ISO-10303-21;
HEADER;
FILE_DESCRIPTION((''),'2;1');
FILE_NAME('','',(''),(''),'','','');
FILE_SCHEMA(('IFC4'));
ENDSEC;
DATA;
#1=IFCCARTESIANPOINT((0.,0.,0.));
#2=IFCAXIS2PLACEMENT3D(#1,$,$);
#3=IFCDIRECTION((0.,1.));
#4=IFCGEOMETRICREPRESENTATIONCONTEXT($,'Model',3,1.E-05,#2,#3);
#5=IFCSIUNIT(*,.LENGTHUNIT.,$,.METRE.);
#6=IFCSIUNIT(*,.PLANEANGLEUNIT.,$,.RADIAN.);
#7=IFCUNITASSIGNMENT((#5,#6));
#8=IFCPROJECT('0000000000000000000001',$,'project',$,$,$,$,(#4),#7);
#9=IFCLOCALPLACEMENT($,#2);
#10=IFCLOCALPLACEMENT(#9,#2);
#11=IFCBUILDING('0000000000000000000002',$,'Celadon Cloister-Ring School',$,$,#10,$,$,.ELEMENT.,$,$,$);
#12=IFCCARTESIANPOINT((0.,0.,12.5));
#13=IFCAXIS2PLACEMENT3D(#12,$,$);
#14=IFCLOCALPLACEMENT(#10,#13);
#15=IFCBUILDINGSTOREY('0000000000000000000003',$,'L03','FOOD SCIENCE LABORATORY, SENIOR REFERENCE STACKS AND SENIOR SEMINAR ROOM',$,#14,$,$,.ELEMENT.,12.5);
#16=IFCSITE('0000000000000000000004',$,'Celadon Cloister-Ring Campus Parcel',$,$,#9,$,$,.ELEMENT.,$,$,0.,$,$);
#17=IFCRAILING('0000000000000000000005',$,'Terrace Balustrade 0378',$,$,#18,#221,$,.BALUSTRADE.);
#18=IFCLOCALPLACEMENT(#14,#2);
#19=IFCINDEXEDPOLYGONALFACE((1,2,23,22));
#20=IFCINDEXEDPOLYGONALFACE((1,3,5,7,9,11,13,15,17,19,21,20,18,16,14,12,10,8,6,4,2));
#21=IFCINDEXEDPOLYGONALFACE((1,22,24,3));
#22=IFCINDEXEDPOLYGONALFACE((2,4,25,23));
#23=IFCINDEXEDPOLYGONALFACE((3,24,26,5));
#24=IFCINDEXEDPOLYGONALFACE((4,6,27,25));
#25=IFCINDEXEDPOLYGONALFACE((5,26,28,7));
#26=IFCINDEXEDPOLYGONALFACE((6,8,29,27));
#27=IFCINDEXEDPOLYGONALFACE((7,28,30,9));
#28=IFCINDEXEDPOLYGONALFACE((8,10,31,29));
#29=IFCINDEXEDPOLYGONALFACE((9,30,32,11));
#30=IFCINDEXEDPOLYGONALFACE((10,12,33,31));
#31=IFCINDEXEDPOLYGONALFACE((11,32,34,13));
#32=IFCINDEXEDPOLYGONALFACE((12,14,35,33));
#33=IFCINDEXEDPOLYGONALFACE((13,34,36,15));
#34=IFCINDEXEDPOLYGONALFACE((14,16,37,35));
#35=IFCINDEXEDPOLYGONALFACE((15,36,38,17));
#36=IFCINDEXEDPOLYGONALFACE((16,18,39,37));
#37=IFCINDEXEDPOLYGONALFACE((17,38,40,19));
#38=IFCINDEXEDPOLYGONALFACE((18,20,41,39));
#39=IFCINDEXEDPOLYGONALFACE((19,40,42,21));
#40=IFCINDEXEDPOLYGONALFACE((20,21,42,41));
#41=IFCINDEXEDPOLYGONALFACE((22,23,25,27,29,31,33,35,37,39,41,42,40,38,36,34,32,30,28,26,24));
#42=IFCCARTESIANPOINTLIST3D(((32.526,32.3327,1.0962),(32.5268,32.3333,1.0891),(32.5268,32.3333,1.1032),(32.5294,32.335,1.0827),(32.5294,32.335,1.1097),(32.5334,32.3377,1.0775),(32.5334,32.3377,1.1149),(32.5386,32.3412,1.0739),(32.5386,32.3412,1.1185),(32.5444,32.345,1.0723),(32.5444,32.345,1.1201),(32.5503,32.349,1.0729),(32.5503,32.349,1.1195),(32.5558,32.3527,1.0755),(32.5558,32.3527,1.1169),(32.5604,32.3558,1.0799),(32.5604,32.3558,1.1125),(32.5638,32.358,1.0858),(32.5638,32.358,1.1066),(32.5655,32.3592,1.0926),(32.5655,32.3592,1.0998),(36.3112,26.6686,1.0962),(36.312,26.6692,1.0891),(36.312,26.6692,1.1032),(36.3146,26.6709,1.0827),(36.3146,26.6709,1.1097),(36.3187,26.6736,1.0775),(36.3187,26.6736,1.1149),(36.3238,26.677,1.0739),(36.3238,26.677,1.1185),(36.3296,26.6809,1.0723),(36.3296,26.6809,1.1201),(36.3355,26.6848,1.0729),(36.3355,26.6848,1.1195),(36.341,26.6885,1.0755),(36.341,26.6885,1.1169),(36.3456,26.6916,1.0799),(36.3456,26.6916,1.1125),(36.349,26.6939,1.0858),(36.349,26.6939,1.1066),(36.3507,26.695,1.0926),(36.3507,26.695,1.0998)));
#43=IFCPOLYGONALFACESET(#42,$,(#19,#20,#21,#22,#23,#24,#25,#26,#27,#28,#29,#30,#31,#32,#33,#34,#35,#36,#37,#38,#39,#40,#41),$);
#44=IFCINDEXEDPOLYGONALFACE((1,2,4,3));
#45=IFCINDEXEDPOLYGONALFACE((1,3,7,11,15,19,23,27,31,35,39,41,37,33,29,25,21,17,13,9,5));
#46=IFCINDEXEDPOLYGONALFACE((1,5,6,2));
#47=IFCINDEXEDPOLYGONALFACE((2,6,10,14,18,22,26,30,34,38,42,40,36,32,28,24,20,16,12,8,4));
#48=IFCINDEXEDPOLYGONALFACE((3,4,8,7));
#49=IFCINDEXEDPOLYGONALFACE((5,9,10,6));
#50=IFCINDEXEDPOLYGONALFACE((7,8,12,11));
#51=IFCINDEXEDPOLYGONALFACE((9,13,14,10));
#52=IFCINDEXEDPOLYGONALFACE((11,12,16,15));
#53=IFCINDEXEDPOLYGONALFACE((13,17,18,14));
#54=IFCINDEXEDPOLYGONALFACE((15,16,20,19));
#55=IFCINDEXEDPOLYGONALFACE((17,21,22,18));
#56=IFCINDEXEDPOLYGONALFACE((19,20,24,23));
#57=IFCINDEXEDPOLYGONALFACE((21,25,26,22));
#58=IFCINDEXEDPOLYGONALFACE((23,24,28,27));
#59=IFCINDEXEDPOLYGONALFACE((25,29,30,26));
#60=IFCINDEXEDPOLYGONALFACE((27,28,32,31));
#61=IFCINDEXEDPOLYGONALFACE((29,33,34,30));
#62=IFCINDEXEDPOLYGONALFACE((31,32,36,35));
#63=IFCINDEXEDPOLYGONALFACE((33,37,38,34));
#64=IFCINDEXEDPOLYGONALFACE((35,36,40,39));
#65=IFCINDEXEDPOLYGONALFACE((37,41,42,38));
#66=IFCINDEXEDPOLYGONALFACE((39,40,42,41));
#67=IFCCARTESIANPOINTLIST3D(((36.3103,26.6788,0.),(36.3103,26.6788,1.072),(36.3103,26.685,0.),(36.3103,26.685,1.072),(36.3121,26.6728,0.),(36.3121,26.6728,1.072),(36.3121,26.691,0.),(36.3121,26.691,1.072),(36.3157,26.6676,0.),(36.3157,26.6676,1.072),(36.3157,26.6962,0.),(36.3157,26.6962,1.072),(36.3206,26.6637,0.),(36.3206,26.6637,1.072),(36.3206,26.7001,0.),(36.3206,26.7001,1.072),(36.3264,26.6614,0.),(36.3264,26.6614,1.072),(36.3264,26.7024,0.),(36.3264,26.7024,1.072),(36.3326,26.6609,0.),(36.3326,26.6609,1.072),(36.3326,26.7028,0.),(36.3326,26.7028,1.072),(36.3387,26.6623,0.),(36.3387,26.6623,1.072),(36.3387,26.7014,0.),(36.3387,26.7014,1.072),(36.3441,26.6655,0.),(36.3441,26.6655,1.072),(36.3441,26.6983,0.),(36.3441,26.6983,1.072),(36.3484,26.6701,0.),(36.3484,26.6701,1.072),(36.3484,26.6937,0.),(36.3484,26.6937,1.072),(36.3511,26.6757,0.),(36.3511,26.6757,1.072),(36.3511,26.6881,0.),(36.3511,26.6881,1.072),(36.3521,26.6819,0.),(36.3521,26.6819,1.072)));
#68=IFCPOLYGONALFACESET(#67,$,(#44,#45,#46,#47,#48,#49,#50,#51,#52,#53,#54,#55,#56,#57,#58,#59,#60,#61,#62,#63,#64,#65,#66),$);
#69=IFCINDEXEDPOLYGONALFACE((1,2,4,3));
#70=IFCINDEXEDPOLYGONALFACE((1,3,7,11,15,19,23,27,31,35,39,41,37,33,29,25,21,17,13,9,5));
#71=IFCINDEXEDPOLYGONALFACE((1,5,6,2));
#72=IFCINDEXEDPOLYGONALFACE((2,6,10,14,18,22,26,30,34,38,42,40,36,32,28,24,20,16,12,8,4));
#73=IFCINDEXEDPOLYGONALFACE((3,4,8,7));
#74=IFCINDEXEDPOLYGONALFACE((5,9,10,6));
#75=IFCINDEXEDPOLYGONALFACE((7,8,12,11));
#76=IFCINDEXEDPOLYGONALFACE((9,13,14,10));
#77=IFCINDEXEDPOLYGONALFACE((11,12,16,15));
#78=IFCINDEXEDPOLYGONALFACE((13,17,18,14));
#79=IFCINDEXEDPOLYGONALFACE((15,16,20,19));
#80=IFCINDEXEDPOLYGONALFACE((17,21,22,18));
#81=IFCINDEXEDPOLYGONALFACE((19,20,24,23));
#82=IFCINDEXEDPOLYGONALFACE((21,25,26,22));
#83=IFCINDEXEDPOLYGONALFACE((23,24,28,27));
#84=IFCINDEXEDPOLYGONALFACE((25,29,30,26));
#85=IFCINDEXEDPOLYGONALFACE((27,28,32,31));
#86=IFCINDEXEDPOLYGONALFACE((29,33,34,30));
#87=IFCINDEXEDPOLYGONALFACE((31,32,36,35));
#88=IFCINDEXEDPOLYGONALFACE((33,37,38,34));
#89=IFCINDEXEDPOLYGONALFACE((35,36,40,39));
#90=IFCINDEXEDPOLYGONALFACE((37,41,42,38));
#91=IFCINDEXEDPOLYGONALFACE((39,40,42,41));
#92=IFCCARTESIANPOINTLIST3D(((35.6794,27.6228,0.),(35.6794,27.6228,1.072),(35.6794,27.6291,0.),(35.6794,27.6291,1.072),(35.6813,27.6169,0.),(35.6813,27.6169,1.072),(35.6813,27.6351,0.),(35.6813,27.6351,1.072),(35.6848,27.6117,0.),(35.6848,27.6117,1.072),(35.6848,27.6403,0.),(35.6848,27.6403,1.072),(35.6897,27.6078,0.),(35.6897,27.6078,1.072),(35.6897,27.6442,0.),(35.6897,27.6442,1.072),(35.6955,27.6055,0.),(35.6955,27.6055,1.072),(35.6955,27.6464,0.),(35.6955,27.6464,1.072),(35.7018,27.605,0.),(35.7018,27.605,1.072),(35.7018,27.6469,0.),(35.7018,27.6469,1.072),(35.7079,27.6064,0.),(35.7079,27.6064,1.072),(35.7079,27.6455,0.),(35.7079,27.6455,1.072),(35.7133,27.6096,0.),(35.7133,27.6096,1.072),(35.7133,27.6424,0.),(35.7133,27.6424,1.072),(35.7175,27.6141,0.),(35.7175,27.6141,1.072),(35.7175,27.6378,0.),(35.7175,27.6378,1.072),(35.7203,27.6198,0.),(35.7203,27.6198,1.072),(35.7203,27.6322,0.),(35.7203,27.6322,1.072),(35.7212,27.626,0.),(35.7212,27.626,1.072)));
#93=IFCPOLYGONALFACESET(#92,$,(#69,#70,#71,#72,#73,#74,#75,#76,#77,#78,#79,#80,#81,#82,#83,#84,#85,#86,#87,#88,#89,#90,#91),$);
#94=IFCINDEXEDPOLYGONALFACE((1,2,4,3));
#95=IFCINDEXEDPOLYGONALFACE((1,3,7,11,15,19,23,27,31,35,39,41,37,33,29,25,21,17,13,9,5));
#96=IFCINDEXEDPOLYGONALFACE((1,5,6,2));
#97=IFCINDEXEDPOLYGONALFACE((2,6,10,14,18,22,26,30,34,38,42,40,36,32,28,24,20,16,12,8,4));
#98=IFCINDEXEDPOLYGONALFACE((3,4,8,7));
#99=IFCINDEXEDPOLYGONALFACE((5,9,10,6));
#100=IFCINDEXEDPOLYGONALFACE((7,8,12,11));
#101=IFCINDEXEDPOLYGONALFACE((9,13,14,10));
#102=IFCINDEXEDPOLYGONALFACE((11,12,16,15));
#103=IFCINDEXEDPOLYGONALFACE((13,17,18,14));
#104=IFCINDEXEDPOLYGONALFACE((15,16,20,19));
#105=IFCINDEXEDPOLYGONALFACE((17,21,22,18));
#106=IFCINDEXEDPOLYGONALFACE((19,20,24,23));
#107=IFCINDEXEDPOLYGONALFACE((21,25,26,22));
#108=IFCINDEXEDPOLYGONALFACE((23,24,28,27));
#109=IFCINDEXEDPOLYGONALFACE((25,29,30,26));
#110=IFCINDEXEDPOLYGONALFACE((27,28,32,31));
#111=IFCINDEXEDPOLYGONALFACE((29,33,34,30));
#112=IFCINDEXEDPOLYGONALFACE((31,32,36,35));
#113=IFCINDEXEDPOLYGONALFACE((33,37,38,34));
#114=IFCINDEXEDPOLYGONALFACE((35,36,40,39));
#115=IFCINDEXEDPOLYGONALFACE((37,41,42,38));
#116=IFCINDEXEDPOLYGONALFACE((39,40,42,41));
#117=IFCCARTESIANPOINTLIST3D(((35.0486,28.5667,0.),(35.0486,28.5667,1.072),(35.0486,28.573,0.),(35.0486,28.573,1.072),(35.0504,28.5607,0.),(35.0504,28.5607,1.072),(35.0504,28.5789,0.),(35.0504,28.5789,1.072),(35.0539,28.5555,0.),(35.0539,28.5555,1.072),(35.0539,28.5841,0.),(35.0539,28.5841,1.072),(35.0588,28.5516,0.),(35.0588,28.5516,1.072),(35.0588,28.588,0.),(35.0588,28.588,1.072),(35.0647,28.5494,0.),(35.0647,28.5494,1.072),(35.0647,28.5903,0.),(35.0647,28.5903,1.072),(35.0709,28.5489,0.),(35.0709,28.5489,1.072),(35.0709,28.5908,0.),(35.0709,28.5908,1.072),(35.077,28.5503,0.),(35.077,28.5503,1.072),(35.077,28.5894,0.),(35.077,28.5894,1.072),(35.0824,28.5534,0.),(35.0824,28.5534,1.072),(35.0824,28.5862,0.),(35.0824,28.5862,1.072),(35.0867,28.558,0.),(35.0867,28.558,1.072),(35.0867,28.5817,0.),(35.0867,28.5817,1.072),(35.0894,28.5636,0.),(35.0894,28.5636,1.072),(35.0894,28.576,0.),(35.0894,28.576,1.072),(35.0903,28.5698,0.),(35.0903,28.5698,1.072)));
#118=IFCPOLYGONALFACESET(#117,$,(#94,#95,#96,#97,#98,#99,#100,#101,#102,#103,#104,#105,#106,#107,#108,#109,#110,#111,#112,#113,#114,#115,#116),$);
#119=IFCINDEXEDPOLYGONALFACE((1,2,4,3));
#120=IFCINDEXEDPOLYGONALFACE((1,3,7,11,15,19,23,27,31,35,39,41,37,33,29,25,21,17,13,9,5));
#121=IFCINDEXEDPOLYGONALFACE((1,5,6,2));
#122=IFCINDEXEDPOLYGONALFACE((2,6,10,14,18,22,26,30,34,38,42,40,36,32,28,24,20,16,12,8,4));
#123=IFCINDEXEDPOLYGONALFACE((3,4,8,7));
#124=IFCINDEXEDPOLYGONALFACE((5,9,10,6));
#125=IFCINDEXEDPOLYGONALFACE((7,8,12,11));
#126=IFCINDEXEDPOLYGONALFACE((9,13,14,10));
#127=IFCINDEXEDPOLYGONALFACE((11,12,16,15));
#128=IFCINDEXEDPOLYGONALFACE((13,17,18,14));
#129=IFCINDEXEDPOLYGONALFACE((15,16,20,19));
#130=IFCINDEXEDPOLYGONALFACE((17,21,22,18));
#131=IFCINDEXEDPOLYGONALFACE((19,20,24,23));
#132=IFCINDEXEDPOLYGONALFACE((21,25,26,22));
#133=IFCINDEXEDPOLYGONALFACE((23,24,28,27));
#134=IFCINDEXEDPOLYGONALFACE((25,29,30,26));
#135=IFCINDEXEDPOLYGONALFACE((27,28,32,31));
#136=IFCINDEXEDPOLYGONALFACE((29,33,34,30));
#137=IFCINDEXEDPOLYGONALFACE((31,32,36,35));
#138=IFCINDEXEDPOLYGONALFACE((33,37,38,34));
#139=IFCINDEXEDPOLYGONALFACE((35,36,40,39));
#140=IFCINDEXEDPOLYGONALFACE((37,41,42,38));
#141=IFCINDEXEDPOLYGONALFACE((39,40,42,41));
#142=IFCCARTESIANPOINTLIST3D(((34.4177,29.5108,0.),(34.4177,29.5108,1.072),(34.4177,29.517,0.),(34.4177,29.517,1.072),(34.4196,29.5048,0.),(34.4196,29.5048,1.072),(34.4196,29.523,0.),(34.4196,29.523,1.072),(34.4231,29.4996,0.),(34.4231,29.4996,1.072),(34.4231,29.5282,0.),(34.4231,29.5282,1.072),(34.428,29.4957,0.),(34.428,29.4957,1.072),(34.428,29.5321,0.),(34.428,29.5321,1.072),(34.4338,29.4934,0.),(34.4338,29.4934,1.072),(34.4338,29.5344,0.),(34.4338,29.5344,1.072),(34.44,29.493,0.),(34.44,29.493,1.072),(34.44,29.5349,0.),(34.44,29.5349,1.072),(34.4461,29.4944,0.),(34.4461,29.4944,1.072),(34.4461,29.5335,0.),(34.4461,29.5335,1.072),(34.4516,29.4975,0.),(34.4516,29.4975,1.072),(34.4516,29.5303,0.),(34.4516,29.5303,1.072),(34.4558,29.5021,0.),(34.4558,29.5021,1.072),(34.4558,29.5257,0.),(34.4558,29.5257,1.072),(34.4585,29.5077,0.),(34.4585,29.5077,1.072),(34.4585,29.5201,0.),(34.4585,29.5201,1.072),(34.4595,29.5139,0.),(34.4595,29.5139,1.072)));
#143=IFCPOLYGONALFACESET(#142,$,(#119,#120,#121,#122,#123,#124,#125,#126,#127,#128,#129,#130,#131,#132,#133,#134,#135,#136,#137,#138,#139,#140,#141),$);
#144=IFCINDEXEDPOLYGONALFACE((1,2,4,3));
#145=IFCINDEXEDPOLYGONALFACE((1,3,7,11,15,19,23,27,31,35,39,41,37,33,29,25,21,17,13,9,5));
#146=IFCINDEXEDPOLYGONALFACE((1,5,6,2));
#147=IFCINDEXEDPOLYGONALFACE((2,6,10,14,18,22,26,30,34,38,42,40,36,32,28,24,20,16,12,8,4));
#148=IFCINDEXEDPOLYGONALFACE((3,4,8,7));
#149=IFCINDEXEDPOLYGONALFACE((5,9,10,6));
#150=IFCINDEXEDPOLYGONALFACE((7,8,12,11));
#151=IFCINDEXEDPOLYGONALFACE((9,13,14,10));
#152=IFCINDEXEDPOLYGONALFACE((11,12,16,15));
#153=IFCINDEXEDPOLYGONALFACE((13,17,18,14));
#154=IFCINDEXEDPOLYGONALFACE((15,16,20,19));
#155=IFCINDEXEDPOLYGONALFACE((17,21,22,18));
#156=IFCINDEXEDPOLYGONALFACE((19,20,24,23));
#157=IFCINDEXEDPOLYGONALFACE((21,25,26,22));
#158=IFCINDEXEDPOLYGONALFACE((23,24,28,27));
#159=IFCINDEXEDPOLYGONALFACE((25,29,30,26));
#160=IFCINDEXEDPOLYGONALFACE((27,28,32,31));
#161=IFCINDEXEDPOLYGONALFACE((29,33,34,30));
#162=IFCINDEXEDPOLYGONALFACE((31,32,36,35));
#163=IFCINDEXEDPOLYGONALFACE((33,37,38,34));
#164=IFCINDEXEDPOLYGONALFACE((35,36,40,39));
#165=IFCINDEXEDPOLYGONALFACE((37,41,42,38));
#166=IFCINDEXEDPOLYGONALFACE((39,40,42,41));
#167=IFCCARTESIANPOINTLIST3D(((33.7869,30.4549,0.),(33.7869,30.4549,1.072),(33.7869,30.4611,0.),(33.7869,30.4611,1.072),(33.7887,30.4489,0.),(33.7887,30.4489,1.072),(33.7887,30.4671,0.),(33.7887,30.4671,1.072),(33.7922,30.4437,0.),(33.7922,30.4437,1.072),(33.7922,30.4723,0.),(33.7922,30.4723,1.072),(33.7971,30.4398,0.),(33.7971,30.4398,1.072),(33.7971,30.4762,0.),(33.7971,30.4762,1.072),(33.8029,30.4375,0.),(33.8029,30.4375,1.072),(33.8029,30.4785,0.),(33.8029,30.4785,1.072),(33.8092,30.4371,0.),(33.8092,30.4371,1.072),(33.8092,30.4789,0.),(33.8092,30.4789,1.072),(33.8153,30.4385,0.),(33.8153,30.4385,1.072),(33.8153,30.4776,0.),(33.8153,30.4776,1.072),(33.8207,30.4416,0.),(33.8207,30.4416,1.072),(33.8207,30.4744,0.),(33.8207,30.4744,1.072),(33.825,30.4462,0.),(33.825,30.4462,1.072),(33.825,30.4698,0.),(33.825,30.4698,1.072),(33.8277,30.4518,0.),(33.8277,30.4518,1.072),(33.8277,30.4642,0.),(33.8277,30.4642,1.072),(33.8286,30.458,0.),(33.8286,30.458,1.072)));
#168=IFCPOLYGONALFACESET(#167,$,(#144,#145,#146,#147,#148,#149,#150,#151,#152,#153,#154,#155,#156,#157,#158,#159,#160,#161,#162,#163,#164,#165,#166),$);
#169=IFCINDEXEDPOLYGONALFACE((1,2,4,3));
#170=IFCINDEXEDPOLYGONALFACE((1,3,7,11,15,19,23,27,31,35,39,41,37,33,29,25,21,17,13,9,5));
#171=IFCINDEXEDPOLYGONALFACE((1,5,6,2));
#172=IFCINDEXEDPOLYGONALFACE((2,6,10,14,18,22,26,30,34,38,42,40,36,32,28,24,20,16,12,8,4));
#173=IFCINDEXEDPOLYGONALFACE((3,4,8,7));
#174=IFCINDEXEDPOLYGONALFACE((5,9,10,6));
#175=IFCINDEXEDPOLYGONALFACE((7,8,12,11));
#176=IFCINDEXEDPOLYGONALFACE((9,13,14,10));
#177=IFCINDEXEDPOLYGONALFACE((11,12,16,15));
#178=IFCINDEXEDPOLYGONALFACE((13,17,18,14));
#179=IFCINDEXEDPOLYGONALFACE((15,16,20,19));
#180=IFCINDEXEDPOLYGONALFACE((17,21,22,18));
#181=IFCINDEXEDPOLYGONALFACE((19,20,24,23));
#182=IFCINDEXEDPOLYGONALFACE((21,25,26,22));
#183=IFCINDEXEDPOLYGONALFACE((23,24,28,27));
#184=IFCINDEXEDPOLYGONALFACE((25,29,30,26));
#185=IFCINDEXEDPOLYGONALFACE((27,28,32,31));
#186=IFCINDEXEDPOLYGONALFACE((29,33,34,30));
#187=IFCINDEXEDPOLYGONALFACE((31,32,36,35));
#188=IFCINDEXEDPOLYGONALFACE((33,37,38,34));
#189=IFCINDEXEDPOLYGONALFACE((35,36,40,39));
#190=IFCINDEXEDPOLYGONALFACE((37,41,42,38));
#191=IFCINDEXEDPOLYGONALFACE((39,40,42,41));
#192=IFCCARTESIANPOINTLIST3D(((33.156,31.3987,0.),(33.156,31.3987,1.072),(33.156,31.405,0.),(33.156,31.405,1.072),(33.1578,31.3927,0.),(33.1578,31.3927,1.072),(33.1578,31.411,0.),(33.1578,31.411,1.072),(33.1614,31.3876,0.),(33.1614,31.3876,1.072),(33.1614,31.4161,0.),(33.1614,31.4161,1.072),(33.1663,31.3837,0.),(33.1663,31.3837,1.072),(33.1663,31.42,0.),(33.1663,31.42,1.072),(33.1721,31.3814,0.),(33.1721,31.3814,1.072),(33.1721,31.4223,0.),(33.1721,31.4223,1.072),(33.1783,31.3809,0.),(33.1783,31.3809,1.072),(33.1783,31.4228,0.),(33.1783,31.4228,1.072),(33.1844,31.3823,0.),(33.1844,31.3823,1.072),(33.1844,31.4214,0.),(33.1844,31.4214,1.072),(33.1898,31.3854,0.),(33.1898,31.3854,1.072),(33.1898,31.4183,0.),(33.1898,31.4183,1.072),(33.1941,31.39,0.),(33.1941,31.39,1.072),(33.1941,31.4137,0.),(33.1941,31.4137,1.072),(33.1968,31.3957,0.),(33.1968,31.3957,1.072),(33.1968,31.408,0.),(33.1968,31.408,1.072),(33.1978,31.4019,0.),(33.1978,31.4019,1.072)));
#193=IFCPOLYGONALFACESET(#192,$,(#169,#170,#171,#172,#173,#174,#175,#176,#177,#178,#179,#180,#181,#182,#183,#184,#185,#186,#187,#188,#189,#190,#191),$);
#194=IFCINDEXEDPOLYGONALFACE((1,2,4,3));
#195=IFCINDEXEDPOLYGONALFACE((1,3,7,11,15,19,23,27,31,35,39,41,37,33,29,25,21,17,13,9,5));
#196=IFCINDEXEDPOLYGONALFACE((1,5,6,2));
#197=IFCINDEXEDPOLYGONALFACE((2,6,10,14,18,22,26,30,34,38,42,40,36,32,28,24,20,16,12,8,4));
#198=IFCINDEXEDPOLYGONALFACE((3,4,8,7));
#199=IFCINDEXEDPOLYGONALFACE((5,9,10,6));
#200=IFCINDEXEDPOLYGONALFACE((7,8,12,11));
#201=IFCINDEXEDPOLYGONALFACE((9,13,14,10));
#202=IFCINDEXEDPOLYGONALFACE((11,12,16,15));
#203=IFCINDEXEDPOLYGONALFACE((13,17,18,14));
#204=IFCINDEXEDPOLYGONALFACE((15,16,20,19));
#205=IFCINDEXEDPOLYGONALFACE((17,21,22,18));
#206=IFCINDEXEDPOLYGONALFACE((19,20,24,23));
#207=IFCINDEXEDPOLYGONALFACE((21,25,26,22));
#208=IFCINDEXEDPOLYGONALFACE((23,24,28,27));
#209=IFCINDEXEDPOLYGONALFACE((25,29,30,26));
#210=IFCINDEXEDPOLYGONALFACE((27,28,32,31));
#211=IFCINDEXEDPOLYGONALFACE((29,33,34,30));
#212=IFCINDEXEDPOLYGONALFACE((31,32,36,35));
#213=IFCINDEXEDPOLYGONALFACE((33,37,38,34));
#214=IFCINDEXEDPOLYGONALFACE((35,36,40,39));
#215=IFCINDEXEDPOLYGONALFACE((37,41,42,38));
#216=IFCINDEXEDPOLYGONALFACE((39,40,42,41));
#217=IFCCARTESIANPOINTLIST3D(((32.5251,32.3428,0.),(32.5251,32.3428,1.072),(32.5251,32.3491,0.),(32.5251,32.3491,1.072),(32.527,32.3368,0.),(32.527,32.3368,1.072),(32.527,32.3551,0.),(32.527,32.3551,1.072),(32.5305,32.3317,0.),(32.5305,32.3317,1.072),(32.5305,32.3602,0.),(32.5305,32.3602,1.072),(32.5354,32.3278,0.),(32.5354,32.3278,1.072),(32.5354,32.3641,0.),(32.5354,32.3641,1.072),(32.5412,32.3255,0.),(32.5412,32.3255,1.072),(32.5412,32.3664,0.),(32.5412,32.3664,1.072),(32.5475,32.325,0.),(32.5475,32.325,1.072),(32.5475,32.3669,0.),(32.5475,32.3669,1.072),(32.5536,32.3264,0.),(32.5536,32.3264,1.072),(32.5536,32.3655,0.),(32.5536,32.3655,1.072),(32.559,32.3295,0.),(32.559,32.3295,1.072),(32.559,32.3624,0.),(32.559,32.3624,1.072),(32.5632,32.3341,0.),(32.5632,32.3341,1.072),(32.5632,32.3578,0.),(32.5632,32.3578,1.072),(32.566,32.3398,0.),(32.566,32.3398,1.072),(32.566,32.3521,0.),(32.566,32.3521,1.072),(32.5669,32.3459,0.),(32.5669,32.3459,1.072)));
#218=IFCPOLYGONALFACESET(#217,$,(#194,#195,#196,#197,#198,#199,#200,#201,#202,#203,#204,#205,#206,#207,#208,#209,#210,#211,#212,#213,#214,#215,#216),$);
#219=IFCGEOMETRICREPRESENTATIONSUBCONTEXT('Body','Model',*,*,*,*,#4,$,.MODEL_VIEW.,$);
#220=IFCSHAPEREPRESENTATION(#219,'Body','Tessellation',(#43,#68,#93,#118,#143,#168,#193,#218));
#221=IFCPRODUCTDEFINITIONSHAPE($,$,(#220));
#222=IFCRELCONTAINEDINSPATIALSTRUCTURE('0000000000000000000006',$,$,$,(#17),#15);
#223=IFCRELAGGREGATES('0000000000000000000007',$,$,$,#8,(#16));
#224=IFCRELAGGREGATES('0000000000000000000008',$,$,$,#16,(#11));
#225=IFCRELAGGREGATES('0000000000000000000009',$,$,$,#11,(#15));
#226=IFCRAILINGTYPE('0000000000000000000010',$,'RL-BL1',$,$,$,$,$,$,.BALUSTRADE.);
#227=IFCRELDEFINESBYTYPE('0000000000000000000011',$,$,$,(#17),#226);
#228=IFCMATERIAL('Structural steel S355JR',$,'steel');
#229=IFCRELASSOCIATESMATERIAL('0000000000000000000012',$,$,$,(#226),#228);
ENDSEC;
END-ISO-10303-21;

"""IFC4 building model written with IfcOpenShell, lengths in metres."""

from ifc_helpers import new_model, si_unit, direction, frame, origin, origin_2d, place, context, subcontext, project, spatial, circle, extrude, material, type_object, element, save


model = new_model("IFC4")

# Units and contexts
model_context = context("Model", 3, precision=1e-05, world=origin(), true_north=direction((0.0, 1.0)))
body_context = subcontext(model_context, "Body", "Model", "MODEL_VIEW")
ifc_project = project(units=[si_unit("LENGTHUNIT", "METRE"), si_unit("PLANEANGLEUNIT", "RADIAN")], contexts=[model_context])

# Site, building, storey
site_placement = place(None, origin())
site = spatial("IfcSite", under=ifc_project, at=site_placement, Name="Celadon Cloister-Ring Campus Parcel", CompositionType="ELEMENT", RefElevation=0.0)
building_placement = place(site_placement, origin())
building = spatial("IfcBuilding", under=site, at=building_placement, Name="Celadon Cloister-Ring School", CompositionType="ELEMENT")
storey_placement = place(building_placement, frame((0.0, 0.0, 12.5)))
storey = spatial("IfcBuildingStorey", under=building, at=storey_placement, Name="L03", Description="FOOD SCIENCE LABORATORY, SENIOR REFERENCE STACKS AND SENIOR SEMINAR ROOM", CompositionType="ELEMENT", Elevation=12.5)

# Railing
ifc_material_1 = material(Name="Structural steel S355JR", Category="steel")
railing_type = type_object("IfcRailingType", Name="RL-BL1", PredefinedType="BALUSTRADE", material=ifc_material_1)
railing_1_placement = place(storey_placement, frame((36.3311, 26.6819, 0.0)))
element("IfcRailing", 1, at=railing_1_placement, inside=storey, type_object=railing_type, Name="Terrace Balustrade 0378", PredefinedType="BALUSTRADE", context=body_context, shape_type="SweptSolid", body=[
    extrude(circle(Radius=0.0239, at=origin_2d()), frame((0.0, 0.0, 1.0962), z_axis=(-0.555626, 0.831432, 0.0), x_axis=(-0.831432, -0.555626, 0.0)), (0.0, 0.0, 1.0), 6.8125),
    extrude(circle(Radius=0.021, at=origin_2d()), origin(), (0.0, 0.0, 1.0), 1.072),
    extrude(circle(Radius=0.021, at=origin_2d()), frame((-0.6309, 0.9441, 0.0)), (0.0, 0.0, 1.0), 1.072),
    extrude(circle(Radius=0.021, at=origin_2d()), frame((-1.2617, 1.8879, 0.0)), (0.0, 0.0, 1.0), 1.072),
    extrude(circle(Radius=0.021, at=origin_2d()), frame((-1.8926, 2.832, 0.0)), (0.0, 0.0, 1.0), 1.072),
    extrude(circle(Radius=0.021, at=origin_2d()), frame((-2.5234, 3.7761, 0.0)), (0.0, 0.0, 1.0), 1.072),
    extrude(circle(Radius=0.021, at=origin_2d()), frame((-3.1543, 4.72, 0.0)), (0.0, 0.0, 1.0), 1.072),
    extrude(circle(Radius=0.021, at=origin_2d()), frame((-3.7852, 5.6641, 0.0)), (0.0, 0.0, 1.0), 1.072),
])

save(model, "model.ifc")
